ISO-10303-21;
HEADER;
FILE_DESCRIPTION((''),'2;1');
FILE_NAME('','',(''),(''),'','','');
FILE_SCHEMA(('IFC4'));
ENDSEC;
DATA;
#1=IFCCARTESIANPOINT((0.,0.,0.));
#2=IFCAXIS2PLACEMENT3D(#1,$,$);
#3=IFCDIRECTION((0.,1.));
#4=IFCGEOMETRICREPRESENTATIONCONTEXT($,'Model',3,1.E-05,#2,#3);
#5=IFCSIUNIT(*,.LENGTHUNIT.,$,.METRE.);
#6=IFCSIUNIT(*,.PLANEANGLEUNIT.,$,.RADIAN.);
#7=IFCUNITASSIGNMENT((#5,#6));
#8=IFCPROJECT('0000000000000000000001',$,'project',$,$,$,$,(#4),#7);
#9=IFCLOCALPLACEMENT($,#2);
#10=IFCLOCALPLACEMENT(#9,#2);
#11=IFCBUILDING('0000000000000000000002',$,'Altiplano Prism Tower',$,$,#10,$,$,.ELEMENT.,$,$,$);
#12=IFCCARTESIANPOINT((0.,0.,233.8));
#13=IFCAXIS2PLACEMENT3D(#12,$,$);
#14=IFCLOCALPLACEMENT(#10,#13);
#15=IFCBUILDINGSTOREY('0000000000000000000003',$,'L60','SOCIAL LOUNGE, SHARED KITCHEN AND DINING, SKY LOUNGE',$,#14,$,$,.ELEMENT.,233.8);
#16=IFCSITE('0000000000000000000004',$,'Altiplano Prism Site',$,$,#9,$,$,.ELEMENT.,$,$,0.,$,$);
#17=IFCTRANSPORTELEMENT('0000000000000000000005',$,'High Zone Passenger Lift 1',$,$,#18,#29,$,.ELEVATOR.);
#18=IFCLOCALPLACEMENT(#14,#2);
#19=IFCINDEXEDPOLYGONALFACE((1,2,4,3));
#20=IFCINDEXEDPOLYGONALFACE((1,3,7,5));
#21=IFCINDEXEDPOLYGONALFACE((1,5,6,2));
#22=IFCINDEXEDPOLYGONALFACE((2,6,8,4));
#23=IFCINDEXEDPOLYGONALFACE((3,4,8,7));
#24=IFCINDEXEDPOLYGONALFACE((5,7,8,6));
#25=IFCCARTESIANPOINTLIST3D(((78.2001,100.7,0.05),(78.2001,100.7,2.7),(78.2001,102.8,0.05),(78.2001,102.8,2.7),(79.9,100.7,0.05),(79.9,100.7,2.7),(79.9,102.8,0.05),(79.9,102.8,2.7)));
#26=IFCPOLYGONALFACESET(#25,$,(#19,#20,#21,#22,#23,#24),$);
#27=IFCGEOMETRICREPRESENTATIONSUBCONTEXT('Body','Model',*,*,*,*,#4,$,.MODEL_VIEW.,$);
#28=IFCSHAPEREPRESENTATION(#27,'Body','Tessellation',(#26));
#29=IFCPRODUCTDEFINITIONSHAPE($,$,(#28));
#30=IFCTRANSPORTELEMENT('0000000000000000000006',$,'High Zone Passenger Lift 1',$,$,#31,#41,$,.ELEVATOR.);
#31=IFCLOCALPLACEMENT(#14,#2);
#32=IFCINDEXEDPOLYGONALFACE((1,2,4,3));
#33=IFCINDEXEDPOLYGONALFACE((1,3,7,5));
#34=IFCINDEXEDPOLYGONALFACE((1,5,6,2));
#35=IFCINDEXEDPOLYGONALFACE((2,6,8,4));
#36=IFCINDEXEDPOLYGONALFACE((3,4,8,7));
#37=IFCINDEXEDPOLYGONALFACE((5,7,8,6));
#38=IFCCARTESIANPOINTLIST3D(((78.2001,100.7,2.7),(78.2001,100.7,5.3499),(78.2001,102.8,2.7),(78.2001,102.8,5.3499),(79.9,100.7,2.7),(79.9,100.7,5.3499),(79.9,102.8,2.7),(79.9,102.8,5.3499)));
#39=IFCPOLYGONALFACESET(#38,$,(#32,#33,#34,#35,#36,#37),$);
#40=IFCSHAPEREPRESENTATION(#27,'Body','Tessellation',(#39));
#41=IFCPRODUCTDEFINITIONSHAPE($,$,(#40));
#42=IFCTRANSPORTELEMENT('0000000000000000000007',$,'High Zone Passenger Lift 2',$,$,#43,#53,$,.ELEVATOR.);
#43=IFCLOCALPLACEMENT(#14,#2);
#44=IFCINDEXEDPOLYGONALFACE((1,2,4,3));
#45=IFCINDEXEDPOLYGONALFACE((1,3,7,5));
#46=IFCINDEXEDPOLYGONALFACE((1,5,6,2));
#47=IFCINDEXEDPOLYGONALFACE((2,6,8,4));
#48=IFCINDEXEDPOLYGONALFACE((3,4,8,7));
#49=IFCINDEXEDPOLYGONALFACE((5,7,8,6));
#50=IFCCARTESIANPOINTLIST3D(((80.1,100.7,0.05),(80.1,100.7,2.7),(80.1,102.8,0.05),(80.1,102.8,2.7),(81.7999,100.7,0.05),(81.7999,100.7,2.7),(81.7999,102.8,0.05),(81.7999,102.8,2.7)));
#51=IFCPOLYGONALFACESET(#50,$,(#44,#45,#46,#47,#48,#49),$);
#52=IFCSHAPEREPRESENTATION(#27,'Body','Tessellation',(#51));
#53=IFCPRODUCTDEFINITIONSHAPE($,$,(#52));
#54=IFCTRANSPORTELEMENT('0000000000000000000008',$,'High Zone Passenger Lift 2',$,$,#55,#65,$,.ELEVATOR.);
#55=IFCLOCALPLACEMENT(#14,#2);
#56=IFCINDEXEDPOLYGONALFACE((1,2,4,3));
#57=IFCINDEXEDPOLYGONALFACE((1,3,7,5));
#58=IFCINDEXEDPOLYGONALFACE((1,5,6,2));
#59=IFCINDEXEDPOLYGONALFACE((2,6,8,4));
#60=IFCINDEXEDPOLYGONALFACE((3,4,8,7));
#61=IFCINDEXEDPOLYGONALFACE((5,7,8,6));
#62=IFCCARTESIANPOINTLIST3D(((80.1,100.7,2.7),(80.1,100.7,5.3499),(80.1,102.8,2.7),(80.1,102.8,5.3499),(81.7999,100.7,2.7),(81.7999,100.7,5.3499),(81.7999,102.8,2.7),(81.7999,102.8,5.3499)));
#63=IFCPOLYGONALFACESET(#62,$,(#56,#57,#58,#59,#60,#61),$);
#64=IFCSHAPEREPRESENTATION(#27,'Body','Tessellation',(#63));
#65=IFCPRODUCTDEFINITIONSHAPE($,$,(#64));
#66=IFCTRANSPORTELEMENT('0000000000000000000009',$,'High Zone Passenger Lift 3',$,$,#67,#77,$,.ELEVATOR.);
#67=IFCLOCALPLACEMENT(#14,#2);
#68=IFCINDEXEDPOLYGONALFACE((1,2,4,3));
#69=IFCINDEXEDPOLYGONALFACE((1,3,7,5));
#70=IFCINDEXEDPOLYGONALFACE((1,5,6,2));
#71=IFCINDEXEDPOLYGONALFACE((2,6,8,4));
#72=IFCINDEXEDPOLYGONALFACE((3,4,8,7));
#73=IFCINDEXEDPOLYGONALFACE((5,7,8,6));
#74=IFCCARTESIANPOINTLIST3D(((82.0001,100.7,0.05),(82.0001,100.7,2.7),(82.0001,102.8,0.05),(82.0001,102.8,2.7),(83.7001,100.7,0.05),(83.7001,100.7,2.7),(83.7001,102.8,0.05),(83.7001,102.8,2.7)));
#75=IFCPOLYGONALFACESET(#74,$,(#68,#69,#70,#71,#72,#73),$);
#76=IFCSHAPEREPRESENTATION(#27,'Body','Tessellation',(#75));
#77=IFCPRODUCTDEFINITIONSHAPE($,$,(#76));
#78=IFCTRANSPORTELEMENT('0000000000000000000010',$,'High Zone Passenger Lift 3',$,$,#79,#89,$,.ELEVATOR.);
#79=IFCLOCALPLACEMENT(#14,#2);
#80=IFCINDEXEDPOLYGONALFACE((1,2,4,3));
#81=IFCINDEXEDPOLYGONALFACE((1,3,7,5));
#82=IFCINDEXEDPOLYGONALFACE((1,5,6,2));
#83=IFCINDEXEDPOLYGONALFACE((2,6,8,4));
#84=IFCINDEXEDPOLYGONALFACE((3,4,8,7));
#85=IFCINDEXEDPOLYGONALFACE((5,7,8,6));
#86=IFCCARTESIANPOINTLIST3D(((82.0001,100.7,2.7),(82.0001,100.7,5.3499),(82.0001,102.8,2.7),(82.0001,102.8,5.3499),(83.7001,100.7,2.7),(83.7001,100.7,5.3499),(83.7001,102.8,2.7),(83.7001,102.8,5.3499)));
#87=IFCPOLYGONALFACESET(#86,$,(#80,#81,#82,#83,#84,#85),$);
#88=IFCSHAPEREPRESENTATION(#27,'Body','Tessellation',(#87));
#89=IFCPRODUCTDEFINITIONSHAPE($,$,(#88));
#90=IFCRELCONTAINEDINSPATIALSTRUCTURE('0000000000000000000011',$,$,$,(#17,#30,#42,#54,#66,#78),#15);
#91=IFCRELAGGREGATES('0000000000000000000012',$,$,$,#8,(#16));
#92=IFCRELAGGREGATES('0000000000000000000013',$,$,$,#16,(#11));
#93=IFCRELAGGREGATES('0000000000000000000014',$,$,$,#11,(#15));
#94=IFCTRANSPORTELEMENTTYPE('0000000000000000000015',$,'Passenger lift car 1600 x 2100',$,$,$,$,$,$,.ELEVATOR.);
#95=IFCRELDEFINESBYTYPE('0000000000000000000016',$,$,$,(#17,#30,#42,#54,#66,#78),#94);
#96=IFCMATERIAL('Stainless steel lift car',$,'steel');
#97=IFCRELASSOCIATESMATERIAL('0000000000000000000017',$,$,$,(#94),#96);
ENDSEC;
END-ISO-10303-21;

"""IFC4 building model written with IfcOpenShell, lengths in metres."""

from ifc_helpers import new_model, si_unit, direction, frame, origin, origin_2d, place, context, subcontext, project, spatial, rectangle, extrude, material, type_object, element, save


model = new_model("IFC4")

# Units and contexts
model_context = context("Model", 3, precision=1e-05, world=origin(), true_north=direction((0.0, 1.0)))
body_context = subcontext(model_context, "Body", "Model", "MODEL_VIEW")
ifc_project = project(units=[si_unit("LENGTHUNIT", "METRE"), si_unit("PLANEANGLEUNIT", "RADIAN")], contexts=[model_context])

# Site, building, storey
site_placement = place(None, origin())
site = spatial("IfcSite", under=ifc_project, at=site_placement, Name="Altiplano Prism Site", CompositionType="ELEMENT", RefElevation=0.0)
building_placement = place(site_placement, origin())
building = spatial("IfcBuilding", under=site, at=building_placement, Name="Altiplano Prism Tower", CompositionType="ELEMENT")
storey_placement = place(building_placement, frame((0.0, 0.0, 233.8)))
storey = spatial("IfcBuildingStorey", under=building, at=storey_placement, Name="L60", Description="SOCIAL LOUNGE, SHARED KITCHEN AND DINING, SKY LOUNGE", CompositionType="ELEMENT", Elevation=233.8)

# Transport elements
ifc_material_1 = material(Name="Stainless steel lift car", Category="steel")
transport_element_type = type_object("IfcTransportElementType", Name="Passenger lift car 1600 x 2100", PredefinedType="ELEVATOR", material=ifc_material_1)
for number, where, z_axis, x_axis, name in (
    (1, (79.05, 101.75, 0.05), (0.0, 0.0, 1.0), (1.0, 0.0, 0.0), "High Zone Passenger Lift 1"),
    (2, (79.05, 101.75, 2.7), (0.0, 0.0, 1.0), (1.0, 0.0, 0.0), "High Zone Passenger Lift 1"),
    (3, (80.95, 101.75, 0.05), (0.0, 0.0, 1.0), (1.0, 0.0, 0.0), "High Zone Passenger Lift 2"),
    (4, (80.95, 101.75, 2.7), (0.0, 0.0, 1.0), (1.0, 0.0, 0.0), "High Zone Passenger Lift 2"),
    (5, (82.8501, 101.75, 0.05), (0.0, 0.0, 1.0), (1.0, 0.0, 0.0), "High Zone Passenger Lift 3"),
    (6, (82.8501, 101.75, 2.7), (0.0, 0.0, 1.0), (1.0, 0.0, 0.0), "High Zone Passenger Lift 3"),
):
    element("IfcTransportElement", number, at=place(storey_placement, frame(where, z_axis=z_axis, x_axis=x_axis)), inside=storey, type_object=transport_element_type, Name=name, PredefinedType="ELEVATOR", context=body_context, shape_type="SweptSolid", body=[
        extrude(rectangle(XDim=1.7, YDim=2.1001, at=origin_2d()), origin(), (0.0, 0.0, 1.0), 2.6499),
    ])

save(model, "model.ifc")
